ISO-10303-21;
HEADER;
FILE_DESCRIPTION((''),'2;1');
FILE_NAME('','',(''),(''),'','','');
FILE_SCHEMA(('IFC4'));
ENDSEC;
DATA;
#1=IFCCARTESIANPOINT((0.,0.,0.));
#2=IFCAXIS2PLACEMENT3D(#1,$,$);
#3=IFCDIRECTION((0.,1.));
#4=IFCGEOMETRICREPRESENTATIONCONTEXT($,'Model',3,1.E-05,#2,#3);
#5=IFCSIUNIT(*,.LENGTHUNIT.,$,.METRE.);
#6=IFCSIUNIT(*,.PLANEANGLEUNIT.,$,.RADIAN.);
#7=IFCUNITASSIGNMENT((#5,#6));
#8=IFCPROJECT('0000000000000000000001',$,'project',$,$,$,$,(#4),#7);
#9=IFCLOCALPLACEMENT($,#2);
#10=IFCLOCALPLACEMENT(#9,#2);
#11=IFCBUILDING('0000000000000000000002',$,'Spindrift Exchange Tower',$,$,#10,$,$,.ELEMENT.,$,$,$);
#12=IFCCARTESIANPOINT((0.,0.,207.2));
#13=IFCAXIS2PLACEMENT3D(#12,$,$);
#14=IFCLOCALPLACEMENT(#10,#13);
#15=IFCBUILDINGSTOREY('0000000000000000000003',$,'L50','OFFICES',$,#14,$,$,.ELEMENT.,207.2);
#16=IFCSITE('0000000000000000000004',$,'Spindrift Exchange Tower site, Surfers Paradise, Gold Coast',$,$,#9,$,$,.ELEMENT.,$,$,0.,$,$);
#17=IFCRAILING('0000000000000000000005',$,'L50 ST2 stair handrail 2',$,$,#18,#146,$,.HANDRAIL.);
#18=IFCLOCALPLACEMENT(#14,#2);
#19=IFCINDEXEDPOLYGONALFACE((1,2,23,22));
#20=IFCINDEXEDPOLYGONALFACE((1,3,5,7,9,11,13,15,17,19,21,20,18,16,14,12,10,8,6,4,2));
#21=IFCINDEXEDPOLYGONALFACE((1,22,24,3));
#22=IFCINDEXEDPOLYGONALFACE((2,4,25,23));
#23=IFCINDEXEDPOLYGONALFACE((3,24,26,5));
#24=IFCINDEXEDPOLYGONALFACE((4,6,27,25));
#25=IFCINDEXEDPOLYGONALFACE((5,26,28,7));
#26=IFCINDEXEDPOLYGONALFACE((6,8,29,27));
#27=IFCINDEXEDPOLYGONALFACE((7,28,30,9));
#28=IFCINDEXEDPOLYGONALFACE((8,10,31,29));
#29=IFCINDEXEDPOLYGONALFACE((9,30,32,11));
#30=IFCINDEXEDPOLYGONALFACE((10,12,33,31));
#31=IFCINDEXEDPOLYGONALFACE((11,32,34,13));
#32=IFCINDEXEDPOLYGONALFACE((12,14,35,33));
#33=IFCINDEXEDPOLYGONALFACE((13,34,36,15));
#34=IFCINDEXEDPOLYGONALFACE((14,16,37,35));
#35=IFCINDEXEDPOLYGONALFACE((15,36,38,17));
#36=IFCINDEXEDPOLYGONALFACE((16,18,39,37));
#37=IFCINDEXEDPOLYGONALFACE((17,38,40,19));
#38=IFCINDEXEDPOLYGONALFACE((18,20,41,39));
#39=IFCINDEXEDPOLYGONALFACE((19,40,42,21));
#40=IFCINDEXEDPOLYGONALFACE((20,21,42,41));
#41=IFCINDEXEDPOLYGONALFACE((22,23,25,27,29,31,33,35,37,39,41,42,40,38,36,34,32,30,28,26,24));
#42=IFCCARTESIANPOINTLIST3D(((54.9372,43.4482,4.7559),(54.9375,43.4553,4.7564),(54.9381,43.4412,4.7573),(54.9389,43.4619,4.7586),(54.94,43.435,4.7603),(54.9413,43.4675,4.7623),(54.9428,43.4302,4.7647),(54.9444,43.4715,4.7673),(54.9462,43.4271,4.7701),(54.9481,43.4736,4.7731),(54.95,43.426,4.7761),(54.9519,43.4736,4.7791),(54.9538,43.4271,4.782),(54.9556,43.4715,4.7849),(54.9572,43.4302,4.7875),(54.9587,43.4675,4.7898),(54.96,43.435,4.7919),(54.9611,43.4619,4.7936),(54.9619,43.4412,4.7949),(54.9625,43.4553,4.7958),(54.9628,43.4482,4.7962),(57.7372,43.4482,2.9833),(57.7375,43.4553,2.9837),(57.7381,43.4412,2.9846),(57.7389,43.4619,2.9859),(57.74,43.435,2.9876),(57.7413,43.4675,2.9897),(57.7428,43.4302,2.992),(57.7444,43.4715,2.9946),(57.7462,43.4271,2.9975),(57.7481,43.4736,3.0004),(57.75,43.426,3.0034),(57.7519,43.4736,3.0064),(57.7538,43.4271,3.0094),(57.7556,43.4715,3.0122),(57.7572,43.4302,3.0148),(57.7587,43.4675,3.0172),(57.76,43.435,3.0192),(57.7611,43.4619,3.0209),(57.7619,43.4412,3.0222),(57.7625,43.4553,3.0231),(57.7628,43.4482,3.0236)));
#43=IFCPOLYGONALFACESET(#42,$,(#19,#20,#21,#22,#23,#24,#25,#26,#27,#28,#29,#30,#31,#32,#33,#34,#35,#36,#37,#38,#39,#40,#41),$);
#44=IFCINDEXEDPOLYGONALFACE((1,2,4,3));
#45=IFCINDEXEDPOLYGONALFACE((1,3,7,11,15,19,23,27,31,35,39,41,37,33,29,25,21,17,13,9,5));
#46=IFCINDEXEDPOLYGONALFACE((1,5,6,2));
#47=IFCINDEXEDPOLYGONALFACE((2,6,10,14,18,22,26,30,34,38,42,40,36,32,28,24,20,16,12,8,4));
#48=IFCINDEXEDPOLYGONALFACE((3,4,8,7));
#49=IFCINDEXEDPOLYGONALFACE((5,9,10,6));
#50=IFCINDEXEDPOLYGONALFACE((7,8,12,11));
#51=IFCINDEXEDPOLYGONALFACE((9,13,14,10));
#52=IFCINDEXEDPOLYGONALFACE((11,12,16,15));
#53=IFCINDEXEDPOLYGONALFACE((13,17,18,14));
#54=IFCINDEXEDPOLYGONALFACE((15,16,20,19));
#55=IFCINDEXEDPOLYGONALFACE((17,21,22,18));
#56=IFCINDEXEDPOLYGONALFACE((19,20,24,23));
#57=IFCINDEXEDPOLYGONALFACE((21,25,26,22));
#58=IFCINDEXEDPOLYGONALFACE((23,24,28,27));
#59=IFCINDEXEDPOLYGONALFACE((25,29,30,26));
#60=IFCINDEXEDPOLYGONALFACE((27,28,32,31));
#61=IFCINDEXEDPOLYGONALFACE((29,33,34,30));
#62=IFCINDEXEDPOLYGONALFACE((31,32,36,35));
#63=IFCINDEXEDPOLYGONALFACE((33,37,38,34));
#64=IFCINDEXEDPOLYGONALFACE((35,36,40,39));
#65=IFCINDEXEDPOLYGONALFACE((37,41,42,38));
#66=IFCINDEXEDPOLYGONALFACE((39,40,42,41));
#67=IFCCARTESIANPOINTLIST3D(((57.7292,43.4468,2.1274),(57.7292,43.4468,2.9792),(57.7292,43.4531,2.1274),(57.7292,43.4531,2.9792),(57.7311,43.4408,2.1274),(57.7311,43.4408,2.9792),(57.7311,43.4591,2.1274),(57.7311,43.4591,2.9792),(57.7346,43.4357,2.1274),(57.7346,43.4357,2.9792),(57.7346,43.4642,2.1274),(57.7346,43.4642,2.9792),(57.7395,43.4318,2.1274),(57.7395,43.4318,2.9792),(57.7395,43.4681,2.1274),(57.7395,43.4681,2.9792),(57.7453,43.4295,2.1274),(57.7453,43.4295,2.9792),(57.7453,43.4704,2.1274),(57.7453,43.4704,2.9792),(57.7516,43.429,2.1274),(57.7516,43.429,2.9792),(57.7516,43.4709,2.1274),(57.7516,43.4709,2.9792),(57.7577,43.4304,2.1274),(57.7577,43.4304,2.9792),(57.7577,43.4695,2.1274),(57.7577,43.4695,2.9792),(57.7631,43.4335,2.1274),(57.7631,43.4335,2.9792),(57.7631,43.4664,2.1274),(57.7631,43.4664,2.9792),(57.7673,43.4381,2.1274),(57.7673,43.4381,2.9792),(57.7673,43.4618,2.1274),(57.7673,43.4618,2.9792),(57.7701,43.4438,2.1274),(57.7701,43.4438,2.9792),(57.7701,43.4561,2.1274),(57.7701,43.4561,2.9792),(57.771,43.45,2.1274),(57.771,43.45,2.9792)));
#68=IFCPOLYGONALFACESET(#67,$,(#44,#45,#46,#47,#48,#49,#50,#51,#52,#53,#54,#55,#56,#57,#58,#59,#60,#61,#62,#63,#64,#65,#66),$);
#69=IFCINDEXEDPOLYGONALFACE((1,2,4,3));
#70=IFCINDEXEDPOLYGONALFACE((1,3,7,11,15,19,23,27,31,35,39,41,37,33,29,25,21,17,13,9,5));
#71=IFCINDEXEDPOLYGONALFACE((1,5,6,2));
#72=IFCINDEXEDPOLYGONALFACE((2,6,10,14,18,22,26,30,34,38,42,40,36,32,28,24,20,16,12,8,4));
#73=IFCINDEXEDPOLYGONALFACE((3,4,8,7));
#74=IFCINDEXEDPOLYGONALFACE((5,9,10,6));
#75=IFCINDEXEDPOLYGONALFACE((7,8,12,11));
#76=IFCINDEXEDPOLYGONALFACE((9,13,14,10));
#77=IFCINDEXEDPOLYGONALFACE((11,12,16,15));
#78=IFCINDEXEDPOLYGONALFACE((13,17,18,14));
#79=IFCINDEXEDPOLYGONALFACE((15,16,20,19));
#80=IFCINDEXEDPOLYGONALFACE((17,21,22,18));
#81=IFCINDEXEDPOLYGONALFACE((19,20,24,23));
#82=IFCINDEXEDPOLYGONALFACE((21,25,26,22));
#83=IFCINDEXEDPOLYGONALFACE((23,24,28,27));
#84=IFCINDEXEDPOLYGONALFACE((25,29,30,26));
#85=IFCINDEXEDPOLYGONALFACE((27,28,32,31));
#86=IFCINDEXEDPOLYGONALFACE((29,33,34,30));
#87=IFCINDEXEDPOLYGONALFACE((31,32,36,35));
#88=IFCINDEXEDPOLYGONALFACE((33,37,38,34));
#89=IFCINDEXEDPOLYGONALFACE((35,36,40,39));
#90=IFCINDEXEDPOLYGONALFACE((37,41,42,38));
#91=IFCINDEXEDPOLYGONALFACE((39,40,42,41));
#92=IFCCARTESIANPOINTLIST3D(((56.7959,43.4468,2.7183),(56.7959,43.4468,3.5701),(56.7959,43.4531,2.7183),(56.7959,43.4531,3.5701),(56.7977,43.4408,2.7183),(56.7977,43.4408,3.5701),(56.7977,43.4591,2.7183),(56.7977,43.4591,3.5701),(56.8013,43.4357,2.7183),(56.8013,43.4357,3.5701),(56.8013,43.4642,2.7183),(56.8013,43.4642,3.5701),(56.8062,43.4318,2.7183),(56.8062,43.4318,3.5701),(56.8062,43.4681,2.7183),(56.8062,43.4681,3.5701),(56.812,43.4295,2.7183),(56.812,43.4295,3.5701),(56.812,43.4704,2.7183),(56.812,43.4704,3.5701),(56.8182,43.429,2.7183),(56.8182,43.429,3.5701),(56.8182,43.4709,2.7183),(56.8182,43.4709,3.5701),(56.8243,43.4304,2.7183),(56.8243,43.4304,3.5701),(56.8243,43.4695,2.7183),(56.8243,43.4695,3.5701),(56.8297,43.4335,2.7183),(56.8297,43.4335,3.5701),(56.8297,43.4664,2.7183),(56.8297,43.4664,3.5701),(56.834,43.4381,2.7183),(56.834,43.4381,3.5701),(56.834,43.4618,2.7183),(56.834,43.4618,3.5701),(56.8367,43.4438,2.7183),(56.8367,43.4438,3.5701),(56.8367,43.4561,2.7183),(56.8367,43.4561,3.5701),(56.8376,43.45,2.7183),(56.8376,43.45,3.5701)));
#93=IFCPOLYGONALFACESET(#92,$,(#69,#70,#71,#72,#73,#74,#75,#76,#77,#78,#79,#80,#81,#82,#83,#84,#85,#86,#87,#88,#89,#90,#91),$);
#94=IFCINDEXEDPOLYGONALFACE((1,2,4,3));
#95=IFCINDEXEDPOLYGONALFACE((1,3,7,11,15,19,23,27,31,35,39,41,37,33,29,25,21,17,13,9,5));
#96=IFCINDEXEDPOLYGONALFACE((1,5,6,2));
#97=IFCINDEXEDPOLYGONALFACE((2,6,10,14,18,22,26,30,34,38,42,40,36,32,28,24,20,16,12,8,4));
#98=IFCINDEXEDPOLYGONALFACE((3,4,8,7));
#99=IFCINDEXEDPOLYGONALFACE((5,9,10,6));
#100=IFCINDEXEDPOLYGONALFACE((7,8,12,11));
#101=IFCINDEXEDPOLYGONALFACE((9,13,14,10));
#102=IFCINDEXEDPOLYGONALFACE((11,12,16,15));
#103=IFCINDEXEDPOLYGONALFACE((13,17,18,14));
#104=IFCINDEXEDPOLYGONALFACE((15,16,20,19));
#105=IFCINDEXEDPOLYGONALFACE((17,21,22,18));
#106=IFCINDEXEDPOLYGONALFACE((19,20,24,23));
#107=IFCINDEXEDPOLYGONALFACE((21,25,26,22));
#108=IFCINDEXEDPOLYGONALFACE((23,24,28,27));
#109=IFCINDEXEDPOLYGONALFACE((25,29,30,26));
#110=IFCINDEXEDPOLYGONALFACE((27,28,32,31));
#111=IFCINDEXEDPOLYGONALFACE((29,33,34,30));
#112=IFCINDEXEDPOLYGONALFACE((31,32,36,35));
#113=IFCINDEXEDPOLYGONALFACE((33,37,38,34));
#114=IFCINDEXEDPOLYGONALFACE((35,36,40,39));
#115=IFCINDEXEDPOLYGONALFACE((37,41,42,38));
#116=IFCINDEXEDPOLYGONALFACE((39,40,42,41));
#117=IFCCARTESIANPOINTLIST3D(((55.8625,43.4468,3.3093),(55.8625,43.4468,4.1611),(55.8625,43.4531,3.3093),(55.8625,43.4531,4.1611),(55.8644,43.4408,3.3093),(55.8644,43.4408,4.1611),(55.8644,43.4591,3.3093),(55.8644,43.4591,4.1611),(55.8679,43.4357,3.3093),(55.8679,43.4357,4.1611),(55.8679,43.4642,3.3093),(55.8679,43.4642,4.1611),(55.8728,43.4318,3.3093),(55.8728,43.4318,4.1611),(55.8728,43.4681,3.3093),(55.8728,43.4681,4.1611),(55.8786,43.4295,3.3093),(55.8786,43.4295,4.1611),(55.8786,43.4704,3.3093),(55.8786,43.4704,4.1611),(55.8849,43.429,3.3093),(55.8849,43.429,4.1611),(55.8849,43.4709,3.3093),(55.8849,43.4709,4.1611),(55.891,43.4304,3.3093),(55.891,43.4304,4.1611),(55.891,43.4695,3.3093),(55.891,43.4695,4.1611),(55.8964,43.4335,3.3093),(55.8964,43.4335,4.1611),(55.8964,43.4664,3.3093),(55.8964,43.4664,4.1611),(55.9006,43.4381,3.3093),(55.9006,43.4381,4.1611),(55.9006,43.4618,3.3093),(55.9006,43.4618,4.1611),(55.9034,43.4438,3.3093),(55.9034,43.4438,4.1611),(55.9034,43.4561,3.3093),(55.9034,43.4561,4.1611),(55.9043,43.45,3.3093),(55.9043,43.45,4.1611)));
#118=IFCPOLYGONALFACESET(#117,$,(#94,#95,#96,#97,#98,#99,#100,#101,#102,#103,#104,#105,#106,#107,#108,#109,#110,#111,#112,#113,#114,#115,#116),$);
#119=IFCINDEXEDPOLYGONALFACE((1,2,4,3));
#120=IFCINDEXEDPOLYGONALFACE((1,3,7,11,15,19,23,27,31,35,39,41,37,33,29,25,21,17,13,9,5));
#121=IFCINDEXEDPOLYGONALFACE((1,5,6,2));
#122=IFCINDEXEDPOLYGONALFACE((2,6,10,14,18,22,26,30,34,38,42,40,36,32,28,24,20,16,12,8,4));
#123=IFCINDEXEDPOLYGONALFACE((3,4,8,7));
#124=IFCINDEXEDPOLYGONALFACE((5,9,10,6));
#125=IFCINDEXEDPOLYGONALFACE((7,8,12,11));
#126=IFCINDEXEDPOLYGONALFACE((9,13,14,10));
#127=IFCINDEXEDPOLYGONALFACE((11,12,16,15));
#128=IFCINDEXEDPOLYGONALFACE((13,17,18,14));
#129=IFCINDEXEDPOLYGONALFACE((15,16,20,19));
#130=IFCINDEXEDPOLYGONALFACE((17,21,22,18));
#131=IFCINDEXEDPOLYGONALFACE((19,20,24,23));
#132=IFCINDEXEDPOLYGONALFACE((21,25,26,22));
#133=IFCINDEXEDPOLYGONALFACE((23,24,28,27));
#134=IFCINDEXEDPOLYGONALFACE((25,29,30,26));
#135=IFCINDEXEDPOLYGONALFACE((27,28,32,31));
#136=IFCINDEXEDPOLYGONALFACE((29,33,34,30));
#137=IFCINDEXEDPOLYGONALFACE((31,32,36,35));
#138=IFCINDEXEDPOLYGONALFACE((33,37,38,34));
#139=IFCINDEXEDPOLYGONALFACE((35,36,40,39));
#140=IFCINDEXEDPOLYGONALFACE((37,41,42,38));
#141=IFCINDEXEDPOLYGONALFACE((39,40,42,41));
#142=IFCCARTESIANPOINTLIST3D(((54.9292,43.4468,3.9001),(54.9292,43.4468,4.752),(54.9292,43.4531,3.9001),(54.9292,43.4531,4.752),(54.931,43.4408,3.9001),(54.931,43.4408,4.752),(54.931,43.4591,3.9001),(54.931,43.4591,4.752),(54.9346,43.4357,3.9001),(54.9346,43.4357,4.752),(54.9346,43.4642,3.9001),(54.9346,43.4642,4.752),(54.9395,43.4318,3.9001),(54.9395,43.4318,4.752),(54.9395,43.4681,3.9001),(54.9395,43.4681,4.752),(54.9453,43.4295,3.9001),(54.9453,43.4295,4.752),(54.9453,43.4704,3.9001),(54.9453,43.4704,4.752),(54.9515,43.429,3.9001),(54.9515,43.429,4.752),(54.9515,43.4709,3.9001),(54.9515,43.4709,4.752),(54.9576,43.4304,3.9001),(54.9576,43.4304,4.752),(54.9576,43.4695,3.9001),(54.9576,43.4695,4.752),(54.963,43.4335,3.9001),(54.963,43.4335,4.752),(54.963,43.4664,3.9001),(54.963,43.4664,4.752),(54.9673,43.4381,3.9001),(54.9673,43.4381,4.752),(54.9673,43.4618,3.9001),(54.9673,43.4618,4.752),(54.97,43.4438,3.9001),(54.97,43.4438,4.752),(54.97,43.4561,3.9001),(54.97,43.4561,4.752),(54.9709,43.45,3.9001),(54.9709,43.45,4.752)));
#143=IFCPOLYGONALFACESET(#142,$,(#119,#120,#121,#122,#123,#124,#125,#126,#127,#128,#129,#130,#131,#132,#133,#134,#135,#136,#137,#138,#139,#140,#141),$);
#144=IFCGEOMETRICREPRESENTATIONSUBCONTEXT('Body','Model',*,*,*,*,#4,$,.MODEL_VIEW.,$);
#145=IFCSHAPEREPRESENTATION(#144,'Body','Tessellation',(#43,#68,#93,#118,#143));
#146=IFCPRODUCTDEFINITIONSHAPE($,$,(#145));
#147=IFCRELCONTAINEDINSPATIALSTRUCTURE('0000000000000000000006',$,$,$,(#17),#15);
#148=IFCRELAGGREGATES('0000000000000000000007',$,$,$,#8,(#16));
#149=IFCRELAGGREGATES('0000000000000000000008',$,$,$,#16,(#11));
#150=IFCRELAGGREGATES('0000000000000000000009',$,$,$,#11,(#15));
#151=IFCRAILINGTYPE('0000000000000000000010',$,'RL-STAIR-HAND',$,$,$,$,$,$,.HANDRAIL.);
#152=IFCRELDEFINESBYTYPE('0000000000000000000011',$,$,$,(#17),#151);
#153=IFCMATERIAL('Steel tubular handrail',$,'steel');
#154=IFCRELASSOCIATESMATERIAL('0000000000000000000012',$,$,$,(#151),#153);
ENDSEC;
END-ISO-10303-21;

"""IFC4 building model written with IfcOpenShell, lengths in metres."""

from ifc_helpers import new_model, si_unit, direction, frame, origin, origin_2d, place, context, subcontext, project, spatial, circle, extrude, material, type_object, element, save


model = new_model("IFC4")

# Units and contexts
model_context = context("Model", 3, precision=1e-05, world=origin(), true_north=direction((0.0, 1.0)))
body_context = subcontext(model_context, "Body", "Model", "MODEL_VIEW")
ifc_project = project(units=[si_unit("LENGTHUNIT", "METRE"), si_unit("PLANEANGLEUNIT", "RADIAN")], contexts=[model_context])

# Site, building, storey
site_placement = place(None, origin())
site = spatial("IfcSite", under=ifc_project, at=site_placement, Name="Spindrift Exchange Tower site, Surfers Paradise, Gold Coast", CompositionType="ELEMENT", RefElevation=0.0)
building_placement = place(site_placement, origin())
building = spatial("IfcBuilding", under=site, at=building_placement, Name="Spindrift Exchange Tower", CompositionType="ELEMENT")
storey_placement = place(building_placement, frame((0.0, 0.0, 207.2)))
storey = spatial("IfcBuildingStorey", under=building, at=storey_placement, Name="L50", Description="OFFICES", CompositionType="ELEMENT", Elevation=207.2)

# Railing
ifc_material_1 = material(Name="Steel tubular handrail", Category="steel")
railing_type_1 = type_object("IfcRailingType", Name="RL-STAIR-HAND", PredefinedType="HANDRAIL", material=ifc_material_1)
railing_1_placement = place(storey_placement, frame((57.75, 43.45, 2.1274)))
element("IfcRailing", 1, at=railing_1_placement, inside=storey, type_object=railing_type_1, Name="L50 ST2 stair handrail 2", PredefinedType="HANDRAIL", context=body_context, shape_type="SweptSolid", body=[
    extrude(circle(Radius=0.0239, at=origin_2d()), frame((0.0, 0.0, 0.876), z_axis=(-0.844909, 0.0, 0.53491), x_axis=(0.0, -1.0, 0.0)), (0.0, 0.0, 1.0), 3.314),
    extrude(circle(Radius=0.021, at=origin_2d()), origin(), (0.0, 0.0, 1.0), 0.8518),
    extrude(circle(Radius=0.021, at=origin_2d()), frame((-0.9333, 0.0, 0.5908)), (0.0, 0.0, 1.0), 0.8518),
    extrude(circle(Radius=0.021, at=origin_2d()), frame((-1.8667, 0.0, 1.1819)), (0.0, 0.0, 1.0), 0.8518),
    extrude(circle(Radius=0.021, at=origin_2d()), frame((-2.8, 0.0, 1.7727)), (0.0, 0.0, 1.0), 0.8518),
])

save(model, "model.ifc")
